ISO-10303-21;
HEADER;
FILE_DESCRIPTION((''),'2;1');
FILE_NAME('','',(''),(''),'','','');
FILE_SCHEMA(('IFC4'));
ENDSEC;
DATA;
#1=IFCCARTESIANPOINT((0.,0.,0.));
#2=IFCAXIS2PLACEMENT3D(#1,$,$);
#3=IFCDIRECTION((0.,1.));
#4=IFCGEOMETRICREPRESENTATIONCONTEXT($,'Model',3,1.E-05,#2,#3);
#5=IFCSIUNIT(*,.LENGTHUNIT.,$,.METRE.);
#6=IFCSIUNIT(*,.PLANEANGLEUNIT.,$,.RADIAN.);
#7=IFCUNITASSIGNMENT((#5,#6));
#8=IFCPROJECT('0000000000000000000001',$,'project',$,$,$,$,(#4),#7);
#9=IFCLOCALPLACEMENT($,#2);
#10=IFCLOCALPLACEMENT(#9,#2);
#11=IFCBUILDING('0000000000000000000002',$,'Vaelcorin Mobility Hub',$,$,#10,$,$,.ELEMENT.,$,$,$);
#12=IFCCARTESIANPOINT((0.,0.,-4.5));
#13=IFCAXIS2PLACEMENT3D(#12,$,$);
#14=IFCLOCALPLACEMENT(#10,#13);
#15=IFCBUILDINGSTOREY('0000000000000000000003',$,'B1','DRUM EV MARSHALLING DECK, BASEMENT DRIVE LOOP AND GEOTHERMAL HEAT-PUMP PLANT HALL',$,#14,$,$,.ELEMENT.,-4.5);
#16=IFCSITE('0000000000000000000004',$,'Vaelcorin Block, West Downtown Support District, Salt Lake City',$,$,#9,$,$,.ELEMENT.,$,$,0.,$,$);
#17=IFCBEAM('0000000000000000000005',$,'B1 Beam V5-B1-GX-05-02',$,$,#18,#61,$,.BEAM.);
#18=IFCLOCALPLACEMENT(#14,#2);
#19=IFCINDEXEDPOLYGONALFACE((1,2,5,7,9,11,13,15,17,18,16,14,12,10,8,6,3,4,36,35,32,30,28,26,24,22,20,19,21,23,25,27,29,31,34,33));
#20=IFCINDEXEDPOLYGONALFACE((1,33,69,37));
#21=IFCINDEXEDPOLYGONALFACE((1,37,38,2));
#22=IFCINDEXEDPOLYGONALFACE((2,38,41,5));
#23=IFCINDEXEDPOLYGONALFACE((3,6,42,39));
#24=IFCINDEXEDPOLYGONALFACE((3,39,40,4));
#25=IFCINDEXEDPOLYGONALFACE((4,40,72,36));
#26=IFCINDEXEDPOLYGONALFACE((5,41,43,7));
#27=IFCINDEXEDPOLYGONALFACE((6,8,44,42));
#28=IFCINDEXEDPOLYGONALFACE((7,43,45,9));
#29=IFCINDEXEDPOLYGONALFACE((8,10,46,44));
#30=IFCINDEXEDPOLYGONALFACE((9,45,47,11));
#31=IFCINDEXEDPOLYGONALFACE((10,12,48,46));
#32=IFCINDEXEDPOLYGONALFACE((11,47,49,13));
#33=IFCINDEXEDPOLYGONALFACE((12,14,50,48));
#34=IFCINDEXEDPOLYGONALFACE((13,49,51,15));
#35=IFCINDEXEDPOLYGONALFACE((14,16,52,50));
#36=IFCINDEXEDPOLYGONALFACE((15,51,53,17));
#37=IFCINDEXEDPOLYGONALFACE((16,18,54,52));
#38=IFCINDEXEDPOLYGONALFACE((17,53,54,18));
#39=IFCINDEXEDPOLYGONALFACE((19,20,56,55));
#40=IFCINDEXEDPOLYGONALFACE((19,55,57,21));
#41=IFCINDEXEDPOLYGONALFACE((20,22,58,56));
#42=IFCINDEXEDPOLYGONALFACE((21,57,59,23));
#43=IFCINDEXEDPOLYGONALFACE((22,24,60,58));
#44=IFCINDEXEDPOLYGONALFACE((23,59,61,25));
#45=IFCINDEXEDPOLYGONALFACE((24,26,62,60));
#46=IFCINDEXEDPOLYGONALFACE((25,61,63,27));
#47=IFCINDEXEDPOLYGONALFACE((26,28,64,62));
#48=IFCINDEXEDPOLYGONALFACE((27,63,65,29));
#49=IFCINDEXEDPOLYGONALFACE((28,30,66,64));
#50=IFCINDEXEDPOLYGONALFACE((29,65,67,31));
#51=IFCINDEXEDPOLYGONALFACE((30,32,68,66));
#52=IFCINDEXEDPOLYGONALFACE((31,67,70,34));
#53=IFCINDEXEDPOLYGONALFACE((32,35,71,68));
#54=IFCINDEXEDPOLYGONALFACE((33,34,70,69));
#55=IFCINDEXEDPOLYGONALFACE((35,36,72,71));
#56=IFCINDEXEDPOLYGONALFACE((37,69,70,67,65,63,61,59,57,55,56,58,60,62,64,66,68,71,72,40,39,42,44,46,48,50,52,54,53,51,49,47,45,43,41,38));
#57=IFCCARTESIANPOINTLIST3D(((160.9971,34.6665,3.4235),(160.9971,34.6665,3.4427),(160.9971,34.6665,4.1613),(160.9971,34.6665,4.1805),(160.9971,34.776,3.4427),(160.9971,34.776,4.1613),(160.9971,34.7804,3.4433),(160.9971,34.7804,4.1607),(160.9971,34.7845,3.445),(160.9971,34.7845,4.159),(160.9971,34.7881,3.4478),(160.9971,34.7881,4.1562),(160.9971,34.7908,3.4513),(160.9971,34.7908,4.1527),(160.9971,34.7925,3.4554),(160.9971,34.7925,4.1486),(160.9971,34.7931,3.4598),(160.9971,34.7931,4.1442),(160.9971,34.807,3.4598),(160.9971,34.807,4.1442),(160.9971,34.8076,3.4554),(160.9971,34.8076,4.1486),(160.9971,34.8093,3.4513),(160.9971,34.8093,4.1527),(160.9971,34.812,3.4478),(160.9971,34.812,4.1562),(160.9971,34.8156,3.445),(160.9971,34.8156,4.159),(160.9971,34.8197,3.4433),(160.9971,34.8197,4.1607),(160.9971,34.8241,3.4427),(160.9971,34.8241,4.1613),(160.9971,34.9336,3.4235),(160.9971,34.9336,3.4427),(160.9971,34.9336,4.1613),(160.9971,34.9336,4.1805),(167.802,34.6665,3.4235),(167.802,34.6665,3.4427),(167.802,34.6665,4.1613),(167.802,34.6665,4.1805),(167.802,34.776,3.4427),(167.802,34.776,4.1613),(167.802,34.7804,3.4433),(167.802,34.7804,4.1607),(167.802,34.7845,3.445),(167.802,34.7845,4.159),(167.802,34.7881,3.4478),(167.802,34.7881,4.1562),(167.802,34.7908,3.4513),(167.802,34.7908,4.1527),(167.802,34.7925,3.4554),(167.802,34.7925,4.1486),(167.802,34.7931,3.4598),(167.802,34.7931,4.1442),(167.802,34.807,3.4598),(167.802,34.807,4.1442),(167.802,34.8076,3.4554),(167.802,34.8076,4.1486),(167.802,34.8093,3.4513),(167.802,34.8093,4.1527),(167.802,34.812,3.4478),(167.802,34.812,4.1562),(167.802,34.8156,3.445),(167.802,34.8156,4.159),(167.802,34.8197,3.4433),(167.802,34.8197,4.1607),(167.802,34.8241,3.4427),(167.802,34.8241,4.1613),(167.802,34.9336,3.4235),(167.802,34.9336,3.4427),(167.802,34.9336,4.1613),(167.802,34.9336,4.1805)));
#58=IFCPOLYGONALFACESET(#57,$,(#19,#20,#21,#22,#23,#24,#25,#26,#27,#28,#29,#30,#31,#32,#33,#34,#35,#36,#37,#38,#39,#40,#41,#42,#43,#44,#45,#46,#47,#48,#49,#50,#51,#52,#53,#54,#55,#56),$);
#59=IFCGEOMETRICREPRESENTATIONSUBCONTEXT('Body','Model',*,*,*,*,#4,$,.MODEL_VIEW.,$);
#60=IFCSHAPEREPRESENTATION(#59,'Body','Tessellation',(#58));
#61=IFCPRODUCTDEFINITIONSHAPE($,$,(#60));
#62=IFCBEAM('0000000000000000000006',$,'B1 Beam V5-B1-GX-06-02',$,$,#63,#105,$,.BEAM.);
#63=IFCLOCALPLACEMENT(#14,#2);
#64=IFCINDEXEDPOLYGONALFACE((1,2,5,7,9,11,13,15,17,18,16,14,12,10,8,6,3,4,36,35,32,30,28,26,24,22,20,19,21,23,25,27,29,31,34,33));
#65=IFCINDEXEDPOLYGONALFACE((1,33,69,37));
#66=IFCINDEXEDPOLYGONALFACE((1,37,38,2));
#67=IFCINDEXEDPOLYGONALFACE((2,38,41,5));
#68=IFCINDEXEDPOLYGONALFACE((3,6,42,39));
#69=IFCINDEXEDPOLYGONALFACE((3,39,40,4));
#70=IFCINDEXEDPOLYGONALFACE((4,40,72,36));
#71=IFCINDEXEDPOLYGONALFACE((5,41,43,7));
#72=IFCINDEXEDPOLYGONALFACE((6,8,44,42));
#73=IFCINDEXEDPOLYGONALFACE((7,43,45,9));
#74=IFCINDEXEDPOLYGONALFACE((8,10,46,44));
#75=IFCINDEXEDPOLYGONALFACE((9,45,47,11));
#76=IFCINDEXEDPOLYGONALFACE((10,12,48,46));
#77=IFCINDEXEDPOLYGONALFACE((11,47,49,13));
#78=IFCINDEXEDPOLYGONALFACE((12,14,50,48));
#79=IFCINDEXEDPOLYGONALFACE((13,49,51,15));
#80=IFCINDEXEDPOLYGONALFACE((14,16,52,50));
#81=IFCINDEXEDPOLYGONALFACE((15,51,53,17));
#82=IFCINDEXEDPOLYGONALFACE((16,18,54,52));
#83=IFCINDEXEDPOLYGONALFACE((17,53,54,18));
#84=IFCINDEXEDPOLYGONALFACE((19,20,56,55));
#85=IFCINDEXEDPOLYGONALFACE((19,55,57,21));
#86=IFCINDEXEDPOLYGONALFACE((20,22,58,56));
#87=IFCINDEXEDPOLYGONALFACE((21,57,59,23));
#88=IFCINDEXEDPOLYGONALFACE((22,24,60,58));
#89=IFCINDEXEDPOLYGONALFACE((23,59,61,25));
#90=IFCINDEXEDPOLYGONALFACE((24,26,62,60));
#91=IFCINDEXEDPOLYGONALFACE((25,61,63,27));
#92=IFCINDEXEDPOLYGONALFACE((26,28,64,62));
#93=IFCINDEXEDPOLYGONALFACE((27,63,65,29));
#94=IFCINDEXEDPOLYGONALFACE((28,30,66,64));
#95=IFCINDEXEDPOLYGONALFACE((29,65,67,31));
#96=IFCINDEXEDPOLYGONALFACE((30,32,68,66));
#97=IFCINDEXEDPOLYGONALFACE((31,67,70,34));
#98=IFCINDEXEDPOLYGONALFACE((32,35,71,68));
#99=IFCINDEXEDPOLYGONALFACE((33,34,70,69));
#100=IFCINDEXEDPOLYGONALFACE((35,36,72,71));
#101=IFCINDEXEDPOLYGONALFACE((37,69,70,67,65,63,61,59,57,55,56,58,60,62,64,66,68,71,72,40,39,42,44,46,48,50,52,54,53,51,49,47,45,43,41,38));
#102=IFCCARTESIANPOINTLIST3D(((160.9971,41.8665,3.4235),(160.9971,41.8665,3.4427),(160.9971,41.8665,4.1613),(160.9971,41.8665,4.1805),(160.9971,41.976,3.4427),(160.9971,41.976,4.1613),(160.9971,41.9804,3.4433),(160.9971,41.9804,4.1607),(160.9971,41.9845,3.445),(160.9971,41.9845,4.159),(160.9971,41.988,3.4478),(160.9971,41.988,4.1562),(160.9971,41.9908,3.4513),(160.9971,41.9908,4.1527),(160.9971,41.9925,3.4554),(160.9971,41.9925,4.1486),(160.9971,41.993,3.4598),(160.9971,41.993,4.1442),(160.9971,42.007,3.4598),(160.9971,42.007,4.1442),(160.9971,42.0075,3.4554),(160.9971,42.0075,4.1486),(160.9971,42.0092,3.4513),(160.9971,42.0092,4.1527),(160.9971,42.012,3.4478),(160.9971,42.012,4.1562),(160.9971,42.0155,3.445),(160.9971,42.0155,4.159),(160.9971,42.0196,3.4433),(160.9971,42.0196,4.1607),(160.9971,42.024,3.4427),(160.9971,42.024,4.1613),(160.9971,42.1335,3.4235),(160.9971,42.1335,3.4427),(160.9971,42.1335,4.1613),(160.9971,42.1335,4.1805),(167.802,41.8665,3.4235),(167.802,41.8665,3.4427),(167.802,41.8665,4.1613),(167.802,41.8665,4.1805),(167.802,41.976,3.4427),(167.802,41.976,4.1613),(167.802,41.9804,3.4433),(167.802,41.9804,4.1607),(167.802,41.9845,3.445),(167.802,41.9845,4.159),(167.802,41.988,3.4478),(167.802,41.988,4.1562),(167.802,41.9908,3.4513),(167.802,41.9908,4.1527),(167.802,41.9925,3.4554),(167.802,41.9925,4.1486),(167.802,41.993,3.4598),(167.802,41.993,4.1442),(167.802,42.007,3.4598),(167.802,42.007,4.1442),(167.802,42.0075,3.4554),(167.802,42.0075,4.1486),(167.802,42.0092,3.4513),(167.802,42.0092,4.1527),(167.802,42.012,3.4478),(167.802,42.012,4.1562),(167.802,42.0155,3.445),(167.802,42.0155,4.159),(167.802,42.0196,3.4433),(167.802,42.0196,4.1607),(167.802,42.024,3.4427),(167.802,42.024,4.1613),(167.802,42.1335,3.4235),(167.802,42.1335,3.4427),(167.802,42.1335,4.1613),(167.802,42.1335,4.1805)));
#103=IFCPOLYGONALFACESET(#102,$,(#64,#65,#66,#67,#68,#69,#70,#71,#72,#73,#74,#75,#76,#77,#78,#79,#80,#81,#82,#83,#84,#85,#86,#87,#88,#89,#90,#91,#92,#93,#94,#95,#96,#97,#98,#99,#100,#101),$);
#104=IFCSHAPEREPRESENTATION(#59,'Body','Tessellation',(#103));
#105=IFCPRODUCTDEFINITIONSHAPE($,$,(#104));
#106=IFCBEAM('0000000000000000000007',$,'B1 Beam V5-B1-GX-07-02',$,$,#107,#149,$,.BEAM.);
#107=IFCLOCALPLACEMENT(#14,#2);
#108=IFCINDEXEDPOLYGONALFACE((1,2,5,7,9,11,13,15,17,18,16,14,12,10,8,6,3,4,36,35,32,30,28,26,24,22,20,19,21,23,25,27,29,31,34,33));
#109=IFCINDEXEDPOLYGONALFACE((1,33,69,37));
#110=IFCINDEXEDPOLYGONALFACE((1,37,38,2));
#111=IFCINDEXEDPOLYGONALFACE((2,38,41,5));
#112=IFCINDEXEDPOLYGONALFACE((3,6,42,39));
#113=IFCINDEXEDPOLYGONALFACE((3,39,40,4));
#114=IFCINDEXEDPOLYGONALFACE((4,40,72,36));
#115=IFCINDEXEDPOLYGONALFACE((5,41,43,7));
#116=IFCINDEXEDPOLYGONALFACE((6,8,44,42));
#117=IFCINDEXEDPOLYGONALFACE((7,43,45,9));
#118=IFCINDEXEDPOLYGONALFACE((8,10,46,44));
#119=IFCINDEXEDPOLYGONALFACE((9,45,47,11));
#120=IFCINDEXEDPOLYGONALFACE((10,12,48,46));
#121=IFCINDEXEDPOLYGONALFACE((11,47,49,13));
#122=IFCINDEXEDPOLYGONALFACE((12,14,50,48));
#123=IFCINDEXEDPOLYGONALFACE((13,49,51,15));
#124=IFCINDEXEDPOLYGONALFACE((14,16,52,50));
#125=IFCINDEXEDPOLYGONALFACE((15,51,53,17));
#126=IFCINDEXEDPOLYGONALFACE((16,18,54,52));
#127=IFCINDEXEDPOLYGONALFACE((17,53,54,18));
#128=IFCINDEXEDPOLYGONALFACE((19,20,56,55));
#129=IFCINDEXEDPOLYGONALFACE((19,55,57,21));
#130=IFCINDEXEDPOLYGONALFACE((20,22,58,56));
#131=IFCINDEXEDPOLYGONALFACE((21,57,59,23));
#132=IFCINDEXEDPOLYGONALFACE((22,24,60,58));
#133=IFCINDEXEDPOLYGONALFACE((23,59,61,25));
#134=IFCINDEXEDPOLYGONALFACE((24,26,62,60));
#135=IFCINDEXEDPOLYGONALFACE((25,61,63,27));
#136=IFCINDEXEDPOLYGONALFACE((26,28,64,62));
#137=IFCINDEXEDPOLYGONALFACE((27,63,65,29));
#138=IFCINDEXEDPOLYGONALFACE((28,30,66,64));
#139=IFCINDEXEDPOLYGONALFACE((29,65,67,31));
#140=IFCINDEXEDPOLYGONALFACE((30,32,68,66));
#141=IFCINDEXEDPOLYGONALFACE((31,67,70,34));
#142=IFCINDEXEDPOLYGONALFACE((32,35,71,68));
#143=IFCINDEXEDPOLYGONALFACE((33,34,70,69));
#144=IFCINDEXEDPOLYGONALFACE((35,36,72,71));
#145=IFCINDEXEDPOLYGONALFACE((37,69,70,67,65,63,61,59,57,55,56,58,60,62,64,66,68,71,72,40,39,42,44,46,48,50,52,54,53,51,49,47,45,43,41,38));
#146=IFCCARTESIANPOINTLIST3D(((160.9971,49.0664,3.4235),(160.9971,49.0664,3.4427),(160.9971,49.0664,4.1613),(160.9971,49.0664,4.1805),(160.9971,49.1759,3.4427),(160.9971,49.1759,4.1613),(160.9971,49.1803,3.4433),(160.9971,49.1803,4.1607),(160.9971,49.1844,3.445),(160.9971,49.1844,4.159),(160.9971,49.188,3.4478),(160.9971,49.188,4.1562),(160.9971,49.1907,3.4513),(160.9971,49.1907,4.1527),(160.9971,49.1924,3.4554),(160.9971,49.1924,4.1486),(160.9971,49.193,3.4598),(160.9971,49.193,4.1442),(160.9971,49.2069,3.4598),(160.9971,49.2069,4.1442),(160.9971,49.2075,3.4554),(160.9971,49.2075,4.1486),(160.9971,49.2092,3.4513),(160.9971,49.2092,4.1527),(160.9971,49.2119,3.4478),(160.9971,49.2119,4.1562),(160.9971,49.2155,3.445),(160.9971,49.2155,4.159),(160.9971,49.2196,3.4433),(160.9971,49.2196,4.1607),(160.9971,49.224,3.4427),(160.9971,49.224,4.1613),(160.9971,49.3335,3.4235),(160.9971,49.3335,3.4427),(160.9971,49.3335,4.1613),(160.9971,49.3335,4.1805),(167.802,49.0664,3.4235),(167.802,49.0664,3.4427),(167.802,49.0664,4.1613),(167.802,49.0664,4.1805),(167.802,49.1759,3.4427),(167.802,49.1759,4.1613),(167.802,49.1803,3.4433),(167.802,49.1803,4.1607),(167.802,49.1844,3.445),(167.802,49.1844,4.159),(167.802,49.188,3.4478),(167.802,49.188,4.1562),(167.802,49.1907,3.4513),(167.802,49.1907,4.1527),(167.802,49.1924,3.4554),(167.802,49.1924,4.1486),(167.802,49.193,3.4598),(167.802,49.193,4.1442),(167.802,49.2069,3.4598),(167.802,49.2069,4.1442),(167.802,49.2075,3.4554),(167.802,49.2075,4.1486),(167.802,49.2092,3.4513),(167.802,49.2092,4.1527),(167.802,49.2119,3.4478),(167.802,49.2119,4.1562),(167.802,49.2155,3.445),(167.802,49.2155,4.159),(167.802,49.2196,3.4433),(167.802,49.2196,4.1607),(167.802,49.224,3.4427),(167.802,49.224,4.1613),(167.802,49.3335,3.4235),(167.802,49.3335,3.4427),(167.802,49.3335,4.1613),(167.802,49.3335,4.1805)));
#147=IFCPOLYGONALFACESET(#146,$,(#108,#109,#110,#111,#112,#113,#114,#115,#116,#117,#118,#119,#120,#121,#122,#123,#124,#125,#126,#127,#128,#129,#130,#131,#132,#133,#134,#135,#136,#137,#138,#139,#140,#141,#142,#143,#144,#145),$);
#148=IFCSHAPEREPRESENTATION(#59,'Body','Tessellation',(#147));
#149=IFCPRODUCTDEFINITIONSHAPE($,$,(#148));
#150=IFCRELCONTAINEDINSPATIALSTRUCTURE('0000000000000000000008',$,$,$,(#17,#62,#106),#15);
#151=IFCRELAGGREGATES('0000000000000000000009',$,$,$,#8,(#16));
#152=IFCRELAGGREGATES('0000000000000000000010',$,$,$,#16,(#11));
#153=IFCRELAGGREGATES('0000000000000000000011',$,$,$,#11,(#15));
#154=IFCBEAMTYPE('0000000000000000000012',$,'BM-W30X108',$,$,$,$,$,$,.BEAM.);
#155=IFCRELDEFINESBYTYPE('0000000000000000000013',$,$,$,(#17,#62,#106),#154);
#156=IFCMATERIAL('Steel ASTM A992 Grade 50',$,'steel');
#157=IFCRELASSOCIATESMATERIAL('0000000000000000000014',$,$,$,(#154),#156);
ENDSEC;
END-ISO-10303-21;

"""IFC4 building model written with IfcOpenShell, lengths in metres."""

from ifc_helpers import new_model, si_unit, direction, frame, origin, origin_2d, place, context, subcontext, project, spatial, i_section, extrude, material, material_profile, profile_set, type_object, element, save


model = new_model("IFC4")

# Units and contexts
model_context = context("Model", 3, precision=1e-05, world=origin(), true_north=direction((0.0, 1.0)))
body_context = subcontext(model_context, "Body", "Model", "MODEL_VIEW")
ifc_project = project(units=[si_unit("LENGTHUNIT", "METRE"), si_unit("PLANEANGLEUNIT", "RADIAN")], contexts=[model_context])

# Site, building, storey
site_placement = place(None, origin())
site = spatial("IfcSite", under=ifc_project, at=site_placement, Name="Vaelcorin Block, West Downtown Support District, Salt Lake City", CompositionType="ELEMENT", RefElevation=0.0)
building_placement = place(site_placement, origin())
building = spatial("IfcBuilding", under=site, at=building_placement, Name="Vaelcorin Mobility Hub", CompositionType="ELEMENT")
storey_placement = place(building_placement, frame((0.0, 0.0, -4.5)))
storey = spatial("IfcBuildingStorey", under=building, at=storey_placement, Name="B1", Description="DRUM EV MARSHALLING DECK, BASEMENT DRIVE LOOP AND GEOTHERMAL HEAT-PUMP PLANT HALL", CompositionType="ELEMENT", Elevation=-4.5)

# Shared definitions
ifc_material_1 = material(Name="Steel ASTM A992 Grade 50", Category="steel")

# Beams
ifc_material_profile_1 = material_profile(ifc_material_1, i_section(OverallWidth=0.2671, OverallDepth=0.7571, WebThickness=0.0139, FlangeThickness=0.0193, FilletRadius=0.0171, at=origin_2d()), Name="W30X108")
ifc_profile_set_1 = profile_set([ifc_material_profile_1], Name="Steel ASTM A992 Grade 50")
beam_type_1 = type_object("IfcBeamType", Name="BM-W30X108", PredefinedType="BEAM", material=ifc_profile_set_1)
for number, where, z_axis, x_axis, name in (
    (1, (160.9971, 34.8, 3.802), (1.0, 0.0, 0.0), (0.0, 1.0, 0.0), "B1 Beam V5-B1-GX-05-02"),
    (2, (160.9971, 42.0, 3.802), (1.0, 0.0, 0.0), (0.0, 1.0, 0.0), "B1 Beam V5-B1-GX-06-02"),
    (3, (160.9971, 49.2, 3.802), (1.0, 0.0, 0.0), (0.0, 1.0, 0.0), "B1 Beam V5-B1-GX-07-02"),
):
    element("IfcBeam", number, at=place(storey_placement, frame(where, z_axis=z_axis, x_axis=x_axis)), inside=storey, type_object=beam_type_1, Name=name, PredefinedType="BEAM", context=body_context, shape_type="SweptSolid", body=[
        extrude(i_section(OverallWidth=0.2671, OverallDepth=0.7571, WebThickness=0.0139, FlangeThickness=0.0193, FilletRadius=0.0171, at=origin_2d()), origin(), (0.0, 0.0, 1.0), 6.8049),
    ])

save(model, "model.ifc")
